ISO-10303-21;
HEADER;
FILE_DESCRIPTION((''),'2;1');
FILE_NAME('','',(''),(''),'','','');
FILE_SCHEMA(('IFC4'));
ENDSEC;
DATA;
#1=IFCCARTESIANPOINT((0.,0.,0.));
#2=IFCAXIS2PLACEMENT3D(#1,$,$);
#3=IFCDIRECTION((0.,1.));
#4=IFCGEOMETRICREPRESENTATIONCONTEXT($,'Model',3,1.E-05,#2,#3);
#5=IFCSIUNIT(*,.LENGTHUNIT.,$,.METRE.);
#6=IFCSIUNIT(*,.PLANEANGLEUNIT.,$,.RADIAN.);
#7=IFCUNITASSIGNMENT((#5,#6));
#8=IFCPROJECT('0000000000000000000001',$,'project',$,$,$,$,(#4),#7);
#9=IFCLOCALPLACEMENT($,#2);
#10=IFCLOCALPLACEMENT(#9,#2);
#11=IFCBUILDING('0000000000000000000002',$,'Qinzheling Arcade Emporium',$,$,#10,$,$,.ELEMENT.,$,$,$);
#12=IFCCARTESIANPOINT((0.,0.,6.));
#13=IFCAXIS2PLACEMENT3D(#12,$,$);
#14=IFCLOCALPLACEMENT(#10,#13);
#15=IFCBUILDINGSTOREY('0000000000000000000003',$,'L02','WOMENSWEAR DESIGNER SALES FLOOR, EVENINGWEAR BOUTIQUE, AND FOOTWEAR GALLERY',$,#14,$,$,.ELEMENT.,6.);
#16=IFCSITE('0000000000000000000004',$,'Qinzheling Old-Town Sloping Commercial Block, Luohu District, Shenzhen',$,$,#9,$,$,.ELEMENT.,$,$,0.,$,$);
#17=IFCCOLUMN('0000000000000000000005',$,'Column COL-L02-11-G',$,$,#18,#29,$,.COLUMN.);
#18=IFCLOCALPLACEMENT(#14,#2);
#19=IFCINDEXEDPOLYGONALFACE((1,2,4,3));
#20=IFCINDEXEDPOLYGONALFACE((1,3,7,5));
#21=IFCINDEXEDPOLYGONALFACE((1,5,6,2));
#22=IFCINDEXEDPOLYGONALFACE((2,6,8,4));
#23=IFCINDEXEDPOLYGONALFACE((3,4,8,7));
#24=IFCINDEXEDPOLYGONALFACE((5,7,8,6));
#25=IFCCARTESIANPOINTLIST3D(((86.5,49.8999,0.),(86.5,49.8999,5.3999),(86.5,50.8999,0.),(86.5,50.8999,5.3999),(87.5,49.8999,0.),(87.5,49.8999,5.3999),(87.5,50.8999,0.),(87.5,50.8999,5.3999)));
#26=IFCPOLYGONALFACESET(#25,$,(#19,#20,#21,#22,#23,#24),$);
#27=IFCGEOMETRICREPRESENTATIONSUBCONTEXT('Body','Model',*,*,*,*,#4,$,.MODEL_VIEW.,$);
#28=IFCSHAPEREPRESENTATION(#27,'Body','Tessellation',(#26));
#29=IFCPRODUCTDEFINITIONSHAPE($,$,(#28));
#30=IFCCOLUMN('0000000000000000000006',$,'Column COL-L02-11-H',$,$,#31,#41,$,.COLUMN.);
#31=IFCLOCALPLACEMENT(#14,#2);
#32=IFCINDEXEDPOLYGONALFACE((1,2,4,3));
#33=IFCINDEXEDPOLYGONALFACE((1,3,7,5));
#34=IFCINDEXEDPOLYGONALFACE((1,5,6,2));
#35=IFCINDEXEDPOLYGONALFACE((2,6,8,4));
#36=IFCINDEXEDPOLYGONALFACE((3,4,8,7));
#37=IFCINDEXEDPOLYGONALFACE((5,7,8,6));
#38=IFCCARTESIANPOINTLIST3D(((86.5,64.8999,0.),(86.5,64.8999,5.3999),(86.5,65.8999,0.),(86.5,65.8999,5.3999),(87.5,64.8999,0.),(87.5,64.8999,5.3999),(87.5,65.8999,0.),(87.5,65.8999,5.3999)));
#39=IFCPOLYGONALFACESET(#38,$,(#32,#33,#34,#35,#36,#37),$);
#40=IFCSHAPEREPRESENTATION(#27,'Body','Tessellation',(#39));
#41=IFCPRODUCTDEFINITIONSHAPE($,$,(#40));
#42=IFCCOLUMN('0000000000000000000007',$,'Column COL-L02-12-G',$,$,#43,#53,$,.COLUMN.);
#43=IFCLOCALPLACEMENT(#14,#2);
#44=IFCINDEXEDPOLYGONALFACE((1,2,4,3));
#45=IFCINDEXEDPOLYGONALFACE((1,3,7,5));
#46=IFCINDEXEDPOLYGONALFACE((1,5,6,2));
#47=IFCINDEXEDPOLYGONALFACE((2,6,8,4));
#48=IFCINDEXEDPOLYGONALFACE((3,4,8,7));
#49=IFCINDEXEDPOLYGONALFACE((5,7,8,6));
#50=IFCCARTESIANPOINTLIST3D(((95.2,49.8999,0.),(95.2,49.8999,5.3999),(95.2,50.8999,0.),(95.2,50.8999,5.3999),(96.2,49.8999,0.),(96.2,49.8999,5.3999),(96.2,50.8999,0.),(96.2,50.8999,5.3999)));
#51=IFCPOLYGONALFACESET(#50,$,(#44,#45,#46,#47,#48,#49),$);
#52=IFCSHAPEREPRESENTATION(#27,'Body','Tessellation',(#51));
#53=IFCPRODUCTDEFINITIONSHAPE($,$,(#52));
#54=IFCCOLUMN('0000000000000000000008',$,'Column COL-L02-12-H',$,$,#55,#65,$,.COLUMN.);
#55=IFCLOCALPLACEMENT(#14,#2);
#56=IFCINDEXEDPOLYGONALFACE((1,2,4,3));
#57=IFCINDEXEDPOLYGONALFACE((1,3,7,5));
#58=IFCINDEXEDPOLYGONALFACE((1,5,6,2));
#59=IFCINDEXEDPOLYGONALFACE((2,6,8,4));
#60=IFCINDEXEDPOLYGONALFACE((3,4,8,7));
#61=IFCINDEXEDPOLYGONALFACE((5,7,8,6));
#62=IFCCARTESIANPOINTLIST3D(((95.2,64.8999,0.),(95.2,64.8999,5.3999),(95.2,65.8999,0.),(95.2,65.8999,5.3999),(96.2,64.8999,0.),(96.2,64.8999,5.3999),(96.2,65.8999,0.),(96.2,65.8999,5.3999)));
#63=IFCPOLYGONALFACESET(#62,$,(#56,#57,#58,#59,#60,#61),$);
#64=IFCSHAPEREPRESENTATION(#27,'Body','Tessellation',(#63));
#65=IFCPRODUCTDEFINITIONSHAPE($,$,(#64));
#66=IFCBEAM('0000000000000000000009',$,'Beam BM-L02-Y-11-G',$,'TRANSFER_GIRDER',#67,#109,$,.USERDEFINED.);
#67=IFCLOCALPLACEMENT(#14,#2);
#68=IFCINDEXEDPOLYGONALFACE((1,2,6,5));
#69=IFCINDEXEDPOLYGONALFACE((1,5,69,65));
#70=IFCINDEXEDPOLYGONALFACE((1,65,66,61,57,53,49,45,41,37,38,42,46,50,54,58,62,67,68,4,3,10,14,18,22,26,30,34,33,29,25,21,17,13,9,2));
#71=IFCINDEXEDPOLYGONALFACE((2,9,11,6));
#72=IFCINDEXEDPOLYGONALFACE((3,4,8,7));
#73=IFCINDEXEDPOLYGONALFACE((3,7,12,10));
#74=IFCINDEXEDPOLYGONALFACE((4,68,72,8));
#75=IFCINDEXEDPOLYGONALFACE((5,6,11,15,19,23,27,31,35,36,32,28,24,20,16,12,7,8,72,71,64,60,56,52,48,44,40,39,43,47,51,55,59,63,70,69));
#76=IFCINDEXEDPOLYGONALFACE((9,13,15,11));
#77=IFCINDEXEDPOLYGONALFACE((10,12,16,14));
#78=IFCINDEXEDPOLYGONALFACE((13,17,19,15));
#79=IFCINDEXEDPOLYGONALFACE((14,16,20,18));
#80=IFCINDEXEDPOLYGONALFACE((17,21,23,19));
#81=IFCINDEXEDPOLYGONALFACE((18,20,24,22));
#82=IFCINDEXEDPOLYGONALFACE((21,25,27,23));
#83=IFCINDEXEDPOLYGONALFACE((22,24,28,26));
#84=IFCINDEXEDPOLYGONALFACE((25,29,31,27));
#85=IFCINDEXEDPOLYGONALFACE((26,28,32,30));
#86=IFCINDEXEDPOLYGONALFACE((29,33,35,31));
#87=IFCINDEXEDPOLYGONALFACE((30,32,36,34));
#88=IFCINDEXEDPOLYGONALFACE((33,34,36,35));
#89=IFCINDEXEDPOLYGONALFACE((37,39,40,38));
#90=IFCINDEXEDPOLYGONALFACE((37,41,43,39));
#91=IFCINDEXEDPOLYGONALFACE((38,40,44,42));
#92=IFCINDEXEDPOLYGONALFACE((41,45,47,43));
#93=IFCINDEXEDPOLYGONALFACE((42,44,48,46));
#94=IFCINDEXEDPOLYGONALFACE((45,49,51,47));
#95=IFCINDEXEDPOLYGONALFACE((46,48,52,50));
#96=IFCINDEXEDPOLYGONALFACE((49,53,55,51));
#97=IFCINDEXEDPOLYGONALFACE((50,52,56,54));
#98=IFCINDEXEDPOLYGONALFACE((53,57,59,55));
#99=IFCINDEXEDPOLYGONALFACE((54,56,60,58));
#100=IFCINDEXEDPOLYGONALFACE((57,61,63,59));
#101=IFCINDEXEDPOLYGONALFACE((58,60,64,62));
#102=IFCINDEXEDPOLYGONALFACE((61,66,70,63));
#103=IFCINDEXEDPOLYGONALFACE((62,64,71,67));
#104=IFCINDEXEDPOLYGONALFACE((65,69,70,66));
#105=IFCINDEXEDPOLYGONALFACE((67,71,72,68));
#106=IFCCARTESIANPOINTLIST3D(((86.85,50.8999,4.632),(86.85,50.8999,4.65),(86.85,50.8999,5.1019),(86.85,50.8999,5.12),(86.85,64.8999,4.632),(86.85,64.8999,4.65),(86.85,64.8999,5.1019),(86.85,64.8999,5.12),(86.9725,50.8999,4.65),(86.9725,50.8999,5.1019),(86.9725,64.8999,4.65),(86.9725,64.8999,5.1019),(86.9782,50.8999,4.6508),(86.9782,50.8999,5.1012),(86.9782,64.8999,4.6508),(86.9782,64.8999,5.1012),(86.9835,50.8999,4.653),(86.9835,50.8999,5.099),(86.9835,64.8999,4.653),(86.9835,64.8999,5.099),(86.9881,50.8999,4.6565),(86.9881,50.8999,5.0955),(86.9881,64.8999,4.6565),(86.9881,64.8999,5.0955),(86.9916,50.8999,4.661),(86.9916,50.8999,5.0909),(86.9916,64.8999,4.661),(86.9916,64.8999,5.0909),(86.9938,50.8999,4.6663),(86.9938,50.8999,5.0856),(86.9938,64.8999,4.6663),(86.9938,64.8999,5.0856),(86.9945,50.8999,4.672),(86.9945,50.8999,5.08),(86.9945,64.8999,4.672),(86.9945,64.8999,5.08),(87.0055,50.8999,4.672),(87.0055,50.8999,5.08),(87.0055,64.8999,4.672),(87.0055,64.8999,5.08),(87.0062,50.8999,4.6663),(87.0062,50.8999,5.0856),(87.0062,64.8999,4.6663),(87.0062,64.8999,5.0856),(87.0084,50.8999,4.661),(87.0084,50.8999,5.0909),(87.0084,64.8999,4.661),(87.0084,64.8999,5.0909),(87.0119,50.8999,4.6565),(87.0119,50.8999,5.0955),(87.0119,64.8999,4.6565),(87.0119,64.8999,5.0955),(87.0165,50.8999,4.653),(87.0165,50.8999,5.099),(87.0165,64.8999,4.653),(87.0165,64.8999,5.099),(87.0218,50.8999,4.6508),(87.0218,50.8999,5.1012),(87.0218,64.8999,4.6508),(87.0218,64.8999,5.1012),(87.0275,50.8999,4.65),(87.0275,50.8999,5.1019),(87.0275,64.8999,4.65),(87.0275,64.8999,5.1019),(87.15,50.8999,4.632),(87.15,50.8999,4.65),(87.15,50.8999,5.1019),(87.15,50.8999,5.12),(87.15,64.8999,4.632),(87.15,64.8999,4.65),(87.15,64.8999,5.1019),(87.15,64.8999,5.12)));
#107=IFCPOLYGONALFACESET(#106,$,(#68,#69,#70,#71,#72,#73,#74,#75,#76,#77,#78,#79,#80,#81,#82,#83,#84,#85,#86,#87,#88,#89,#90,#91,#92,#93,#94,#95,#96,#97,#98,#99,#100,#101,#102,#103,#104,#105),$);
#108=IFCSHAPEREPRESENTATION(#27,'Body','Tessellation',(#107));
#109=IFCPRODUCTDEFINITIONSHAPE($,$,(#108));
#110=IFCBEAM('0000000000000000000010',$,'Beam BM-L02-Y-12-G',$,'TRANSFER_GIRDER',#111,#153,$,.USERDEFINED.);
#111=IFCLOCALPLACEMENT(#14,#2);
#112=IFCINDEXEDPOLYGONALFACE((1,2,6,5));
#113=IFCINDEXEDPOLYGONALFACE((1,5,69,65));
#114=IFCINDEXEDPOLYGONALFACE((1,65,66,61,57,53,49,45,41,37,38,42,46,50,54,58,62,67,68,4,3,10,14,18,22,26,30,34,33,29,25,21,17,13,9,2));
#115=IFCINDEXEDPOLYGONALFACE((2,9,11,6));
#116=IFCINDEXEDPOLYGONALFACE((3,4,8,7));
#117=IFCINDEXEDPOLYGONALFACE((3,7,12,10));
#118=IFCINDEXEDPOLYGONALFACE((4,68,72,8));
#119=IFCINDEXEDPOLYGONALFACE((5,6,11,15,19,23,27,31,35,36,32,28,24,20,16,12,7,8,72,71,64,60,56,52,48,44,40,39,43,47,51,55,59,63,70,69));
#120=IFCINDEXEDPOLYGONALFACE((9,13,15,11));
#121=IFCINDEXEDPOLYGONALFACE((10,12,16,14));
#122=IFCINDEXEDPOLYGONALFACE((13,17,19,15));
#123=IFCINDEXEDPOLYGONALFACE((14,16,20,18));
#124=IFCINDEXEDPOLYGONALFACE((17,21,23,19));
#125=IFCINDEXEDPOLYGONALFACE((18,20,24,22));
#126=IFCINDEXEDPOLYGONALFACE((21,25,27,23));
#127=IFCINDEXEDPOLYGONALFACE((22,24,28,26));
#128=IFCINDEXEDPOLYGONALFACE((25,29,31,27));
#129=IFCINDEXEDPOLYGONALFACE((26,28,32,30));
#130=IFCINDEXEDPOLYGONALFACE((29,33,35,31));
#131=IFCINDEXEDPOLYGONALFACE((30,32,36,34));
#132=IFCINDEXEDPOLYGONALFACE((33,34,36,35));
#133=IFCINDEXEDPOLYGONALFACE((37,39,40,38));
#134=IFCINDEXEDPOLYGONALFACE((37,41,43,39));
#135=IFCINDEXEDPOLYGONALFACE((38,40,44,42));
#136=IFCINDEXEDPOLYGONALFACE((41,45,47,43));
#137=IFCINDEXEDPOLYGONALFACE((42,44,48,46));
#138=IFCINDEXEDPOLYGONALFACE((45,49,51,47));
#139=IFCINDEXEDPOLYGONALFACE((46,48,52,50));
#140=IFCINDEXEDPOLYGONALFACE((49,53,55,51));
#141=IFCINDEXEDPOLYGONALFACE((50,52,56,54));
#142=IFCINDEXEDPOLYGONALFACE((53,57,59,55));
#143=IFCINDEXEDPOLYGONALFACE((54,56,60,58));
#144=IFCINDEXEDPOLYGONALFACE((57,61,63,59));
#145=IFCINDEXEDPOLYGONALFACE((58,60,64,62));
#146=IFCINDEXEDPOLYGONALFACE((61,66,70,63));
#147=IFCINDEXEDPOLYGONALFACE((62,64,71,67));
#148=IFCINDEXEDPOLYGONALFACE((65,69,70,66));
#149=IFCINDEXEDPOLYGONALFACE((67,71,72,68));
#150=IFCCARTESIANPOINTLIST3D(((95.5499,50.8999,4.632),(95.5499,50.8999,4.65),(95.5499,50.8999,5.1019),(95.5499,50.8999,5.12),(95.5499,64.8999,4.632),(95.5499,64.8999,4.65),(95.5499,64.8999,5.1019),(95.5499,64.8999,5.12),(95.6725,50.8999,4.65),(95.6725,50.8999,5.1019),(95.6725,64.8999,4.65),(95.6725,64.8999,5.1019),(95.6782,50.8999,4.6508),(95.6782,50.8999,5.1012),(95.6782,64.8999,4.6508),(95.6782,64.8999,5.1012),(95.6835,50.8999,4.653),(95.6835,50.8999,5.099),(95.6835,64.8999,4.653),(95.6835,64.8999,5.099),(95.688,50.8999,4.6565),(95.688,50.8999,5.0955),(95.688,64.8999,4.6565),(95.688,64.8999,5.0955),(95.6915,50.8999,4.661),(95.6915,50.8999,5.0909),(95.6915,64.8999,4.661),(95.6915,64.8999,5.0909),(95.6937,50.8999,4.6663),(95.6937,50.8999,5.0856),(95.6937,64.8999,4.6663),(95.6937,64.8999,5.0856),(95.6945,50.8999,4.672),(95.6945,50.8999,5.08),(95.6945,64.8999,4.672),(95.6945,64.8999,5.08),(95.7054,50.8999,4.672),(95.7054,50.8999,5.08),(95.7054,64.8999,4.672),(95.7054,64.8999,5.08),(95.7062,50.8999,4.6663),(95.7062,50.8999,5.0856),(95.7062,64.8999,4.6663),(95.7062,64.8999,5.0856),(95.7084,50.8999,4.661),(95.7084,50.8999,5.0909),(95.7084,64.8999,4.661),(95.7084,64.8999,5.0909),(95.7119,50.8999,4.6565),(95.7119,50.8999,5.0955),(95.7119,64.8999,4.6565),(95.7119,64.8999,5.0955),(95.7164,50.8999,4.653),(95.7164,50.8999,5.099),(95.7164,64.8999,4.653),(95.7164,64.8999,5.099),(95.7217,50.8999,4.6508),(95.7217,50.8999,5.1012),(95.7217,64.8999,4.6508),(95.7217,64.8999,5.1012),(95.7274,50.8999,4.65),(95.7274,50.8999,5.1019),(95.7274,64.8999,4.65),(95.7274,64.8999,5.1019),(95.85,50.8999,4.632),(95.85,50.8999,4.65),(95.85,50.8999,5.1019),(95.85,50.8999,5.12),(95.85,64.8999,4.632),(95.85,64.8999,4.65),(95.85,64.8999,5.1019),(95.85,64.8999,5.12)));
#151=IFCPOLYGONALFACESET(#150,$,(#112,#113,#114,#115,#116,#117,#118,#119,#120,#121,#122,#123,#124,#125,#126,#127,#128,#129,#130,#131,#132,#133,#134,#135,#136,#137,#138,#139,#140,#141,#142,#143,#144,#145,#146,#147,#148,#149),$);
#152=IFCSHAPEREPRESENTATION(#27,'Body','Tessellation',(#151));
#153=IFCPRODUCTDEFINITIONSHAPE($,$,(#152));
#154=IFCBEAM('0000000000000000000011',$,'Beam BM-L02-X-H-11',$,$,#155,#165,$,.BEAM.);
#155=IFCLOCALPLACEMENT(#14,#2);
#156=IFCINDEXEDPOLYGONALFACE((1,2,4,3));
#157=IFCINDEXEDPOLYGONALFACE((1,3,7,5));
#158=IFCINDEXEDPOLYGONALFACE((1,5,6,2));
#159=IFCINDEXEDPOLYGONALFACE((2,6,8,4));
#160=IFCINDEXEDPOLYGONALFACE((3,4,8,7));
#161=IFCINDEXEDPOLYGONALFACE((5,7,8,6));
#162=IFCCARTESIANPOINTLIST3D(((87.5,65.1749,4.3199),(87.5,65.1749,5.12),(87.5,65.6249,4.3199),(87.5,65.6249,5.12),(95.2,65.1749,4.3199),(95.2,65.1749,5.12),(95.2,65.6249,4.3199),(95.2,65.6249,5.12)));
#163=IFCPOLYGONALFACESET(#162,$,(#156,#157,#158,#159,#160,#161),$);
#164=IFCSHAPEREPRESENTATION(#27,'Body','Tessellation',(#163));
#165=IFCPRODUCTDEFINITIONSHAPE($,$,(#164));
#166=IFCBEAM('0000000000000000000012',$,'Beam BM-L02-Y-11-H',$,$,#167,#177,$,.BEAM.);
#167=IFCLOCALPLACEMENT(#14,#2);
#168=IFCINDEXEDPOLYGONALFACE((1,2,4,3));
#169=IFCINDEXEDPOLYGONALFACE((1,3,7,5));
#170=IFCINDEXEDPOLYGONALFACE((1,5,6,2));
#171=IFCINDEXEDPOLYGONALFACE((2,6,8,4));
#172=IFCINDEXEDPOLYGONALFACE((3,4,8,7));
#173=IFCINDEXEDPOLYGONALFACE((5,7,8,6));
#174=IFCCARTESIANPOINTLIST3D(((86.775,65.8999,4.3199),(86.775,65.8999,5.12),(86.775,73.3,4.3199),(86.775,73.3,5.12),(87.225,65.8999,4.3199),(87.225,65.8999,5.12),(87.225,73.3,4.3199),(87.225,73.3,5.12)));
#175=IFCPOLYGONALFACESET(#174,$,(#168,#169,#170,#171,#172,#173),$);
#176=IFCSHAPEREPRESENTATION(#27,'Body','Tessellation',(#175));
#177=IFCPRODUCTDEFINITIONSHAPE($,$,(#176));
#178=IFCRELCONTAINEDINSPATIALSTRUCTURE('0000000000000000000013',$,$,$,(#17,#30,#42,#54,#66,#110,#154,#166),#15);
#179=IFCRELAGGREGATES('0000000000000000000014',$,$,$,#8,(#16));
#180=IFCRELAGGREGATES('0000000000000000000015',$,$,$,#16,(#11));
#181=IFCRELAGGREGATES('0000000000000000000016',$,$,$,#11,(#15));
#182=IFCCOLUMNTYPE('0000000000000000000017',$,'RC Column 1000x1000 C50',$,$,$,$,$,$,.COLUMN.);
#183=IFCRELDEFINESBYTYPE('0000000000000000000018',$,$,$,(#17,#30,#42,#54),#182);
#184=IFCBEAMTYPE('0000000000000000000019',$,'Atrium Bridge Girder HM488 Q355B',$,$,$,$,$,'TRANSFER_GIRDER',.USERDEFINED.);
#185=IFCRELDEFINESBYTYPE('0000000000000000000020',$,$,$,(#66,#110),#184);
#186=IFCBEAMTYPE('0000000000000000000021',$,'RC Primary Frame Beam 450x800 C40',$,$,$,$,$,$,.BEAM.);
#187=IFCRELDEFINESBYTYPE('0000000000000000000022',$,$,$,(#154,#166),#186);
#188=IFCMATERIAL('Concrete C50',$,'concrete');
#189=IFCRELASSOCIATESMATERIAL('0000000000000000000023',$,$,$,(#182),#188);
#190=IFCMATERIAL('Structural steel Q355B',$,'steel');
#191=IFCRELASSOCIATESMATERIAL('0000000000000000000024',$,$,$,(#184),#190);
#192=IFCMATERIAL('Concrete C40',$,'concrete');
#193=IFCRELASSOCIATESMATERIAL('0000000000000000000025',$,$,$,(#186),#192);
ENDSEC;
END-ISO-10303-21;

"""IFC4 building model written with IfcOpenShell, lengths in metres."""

from ifc_helpers import new_model, si_unit, direction, frame, origin, origin_2d, place, context, subcontext, project, spatial, rectangle, i_section, extrude, material, material_profile, profile_set, type_object, element, save


model = new_model("IFC4")

# Units and contexts
model_context = context("Model", 3, precision=1e-05, world=origin(), true_north=direction((0.0, 1.0)))
body_context = subcontext(model_context, "Body", "Model", "MODEL_VIEW")
ifc_project = project(units=[si_unit("LENGTHUNIT", "METRE"), si_unit("PLANEANGLEUNIT", "RADIAN")], contexts=[model_context])

# Site, building, storey
site_placement = place(None, origin())
site = spatial("IfcSite", under=ifc_project, at=site_placement, Name="Qinzheling Old-Town Sloping Commercial Block, Luohu District, Shenzhen", CompositionType="ELEMENT", RefElevation=0.0)
building_placement = place(site_placement, origin())
building = spatial("IfcBuilding", under=site, at=building_placement, Name="Qinzheling Arcade Emporium", CompositionType="ELEMENT")
storey_placement = place(building_placement, frame((0.0, 0.0, 6.0)))
storey = spatial("IfcBuildingStorey", under=building, at=storey_placement, Name="L02", Description="WOMENSWEAR DESIGNER SALES FLOOR, EVENINGWEAR BOUTIQUE, AND FOOTWEAR GALLERY", CompositionType="ELEMENT", Elevation=6.0)

# Columns
ifc_material_1 = material(Name="Concrete C50", Category="concrete")
ifc_material_profile_1 = material_profile(ifc_material_1, rectangle(XDim=1.0, YDim=1.0, at=origin_2d()), Name="RC 1000x1000", Category="concrete")
ifc_profile_set_1 = profile_set([ifc_material_profile_1], Name="Concrete C50")
column_type = type_object("IfcColumnType", Name="RC Column 1000x1000 C50", PredefinedType="COLUMN", material=ifc_profile_set_1)
for number, where, z_axis, x_axis, name in (
    (1, (87.0, 50.3999, 0.0), (0.0, 0.0, 1.0), (1.0, 0.0, 0.0), "Column COL-L02-11-G"),
    (2, (87.0, 65.3999, 0.0), (0.0, 0.0, 1.0), (1.0, 0.0, 0.0), "Column COL-L02-11-H"),
    (3, (95.7, 50.3999, 0.0), (0.0, 0.0, 1.0), (1.0, 0.0, 0.0), "Column COL-L02-12-G"),
    (4, (95.7, 65.3999, 0.0), (0.0, 0.0, 1.0), (1.0, 0.0, 0.0), "Column COL-L02-12-H"),
):
    element("IfcColumn", number, at=place(storey_placement, frame(where, z_axis=z_axis, x_axis=x_axis)), inside=storey, type_object=column_type, Name=name, PredefinedType="COLUMN", context=body_context, shape_type="SweptSolid", body=[
        extrude(rectangle(XDim=1.0, YDim=1.0, at=origin_2d()), origin(), (0.0, 0.0, 1.0), 5.3999),
    ])

# Beams
ifc_material_2 = material(Name="Structural steel Q355B", Category="steel")
ifc_material_profile_2 = material_profile(ifc_material_2, i_section(OverallWidth=0.3, OverallDepth=0.488, WebThickness=0.011, FlangeThickness=0.0181, FilletRadius=0.022, at=origin_2d()), Name="HM 488x300x11x18", Category="steel")
ifc_profile_set_2 = profile_set([ifc_material_profile_2], Name="Structural steel Q355B")
beam_type_1 = type_object("IfcBeamType", Name="Atrium Bridge Girder HM488 Q355B", ElementType="TRANSFER_GIRDER", PredefinedType="USERDEFINED", material=ifc_profile_set_2)
for number, where, z_axis, x_axis, name in (
    (5, (87.0, 50.8999, 4.876), (0.0, 1.0, 0.0), (-1.0, 0.0, 0.0), "Beam BM-L02-Y-11-G"),
    (6, (95.7, 50.8999, 4.876), (0.0, 1.0, 0.0), (-1.0, 0.0, 0.0), "Beam BM-L02-Y-12-G"),
):
    element("IfcBeam", number, at=place(storey_placement, frame(where, z_axis=z_axis, x_axis=x_axis)), inside=storey, type_object=beam_type_1, Name=name, ObjectType="TRANSFER_GIRDER", PredefinedType="USERDEFINED", context=body_context, shape_type="SweptSolid", body=[
        extrude(i_section(OverallWidth=0.3, OverallDepth=0.488, WebThickness=0.011, FlangeThickness=0.0181, FilletRadius=0.022, at=origin_2d()), origin(), (0.0, 0.0, 1.0), 14.0),
    ])
ifc_material_3 = material(Name="Concrete C40", Category="concrete")
ifc_material_profile_3 = material_profile(ifc_material_3, rectangle(XDim=0.45, YDim=0.8, at=origin_2d()), Name="RC 450x800", Category="concrete")
ifc_profile_set_3 = profile_set([ifc_material_profile_3], Name="Concrete C40")
beam_type_2 = type_object("IfcBeamType", Name="RC Primary Frame Beam 450x800 C40", PredefinedType="BEAM", material=ifc_profile_set_3)
beam_1_placement = place(storey_placement, frame((87.5, 65.3999, 4.72), z_axis=(1.0, 0.0, 0.0), x_axis=(0.0, 1.0, 0.0)))
element("IfcBeam", 7, at=beam_1_placement, inside=storey, type_object=beam_type_2, Name="Beam BM-L02-X-H-11", PredefinedType="BEAM", context=body_context, shape_type="SweptSolid", body=[
    extrude(rectangle(XDim=0.45, YDim=0.8, at=origin_2d()), origin(), (0.0, 0.0, 1.0), 7.7),
])
beam_2_placement = place(storey_placement, frame((87.0, 65.8999, 4.72), z_axis=(0.0, 1.0, 0.0), x_axis=(-1.0, 0.0, 0.0)))
element("IfcBeam", 8, at=beam_2_placement, inside=storey, type_object=beam_type_2, Name="Beam BM-L02-Y-11-H", PredefinedType="BEAM", context=body_context, shape_type="SweptSolid", body=[
    extrude(rectangle(XDim=0.45, YDim=0.8, at=origin_2d()), origin(), (0.0, 0.0, 1.0), 7.4001),
])

save(model, "model.ifc")
